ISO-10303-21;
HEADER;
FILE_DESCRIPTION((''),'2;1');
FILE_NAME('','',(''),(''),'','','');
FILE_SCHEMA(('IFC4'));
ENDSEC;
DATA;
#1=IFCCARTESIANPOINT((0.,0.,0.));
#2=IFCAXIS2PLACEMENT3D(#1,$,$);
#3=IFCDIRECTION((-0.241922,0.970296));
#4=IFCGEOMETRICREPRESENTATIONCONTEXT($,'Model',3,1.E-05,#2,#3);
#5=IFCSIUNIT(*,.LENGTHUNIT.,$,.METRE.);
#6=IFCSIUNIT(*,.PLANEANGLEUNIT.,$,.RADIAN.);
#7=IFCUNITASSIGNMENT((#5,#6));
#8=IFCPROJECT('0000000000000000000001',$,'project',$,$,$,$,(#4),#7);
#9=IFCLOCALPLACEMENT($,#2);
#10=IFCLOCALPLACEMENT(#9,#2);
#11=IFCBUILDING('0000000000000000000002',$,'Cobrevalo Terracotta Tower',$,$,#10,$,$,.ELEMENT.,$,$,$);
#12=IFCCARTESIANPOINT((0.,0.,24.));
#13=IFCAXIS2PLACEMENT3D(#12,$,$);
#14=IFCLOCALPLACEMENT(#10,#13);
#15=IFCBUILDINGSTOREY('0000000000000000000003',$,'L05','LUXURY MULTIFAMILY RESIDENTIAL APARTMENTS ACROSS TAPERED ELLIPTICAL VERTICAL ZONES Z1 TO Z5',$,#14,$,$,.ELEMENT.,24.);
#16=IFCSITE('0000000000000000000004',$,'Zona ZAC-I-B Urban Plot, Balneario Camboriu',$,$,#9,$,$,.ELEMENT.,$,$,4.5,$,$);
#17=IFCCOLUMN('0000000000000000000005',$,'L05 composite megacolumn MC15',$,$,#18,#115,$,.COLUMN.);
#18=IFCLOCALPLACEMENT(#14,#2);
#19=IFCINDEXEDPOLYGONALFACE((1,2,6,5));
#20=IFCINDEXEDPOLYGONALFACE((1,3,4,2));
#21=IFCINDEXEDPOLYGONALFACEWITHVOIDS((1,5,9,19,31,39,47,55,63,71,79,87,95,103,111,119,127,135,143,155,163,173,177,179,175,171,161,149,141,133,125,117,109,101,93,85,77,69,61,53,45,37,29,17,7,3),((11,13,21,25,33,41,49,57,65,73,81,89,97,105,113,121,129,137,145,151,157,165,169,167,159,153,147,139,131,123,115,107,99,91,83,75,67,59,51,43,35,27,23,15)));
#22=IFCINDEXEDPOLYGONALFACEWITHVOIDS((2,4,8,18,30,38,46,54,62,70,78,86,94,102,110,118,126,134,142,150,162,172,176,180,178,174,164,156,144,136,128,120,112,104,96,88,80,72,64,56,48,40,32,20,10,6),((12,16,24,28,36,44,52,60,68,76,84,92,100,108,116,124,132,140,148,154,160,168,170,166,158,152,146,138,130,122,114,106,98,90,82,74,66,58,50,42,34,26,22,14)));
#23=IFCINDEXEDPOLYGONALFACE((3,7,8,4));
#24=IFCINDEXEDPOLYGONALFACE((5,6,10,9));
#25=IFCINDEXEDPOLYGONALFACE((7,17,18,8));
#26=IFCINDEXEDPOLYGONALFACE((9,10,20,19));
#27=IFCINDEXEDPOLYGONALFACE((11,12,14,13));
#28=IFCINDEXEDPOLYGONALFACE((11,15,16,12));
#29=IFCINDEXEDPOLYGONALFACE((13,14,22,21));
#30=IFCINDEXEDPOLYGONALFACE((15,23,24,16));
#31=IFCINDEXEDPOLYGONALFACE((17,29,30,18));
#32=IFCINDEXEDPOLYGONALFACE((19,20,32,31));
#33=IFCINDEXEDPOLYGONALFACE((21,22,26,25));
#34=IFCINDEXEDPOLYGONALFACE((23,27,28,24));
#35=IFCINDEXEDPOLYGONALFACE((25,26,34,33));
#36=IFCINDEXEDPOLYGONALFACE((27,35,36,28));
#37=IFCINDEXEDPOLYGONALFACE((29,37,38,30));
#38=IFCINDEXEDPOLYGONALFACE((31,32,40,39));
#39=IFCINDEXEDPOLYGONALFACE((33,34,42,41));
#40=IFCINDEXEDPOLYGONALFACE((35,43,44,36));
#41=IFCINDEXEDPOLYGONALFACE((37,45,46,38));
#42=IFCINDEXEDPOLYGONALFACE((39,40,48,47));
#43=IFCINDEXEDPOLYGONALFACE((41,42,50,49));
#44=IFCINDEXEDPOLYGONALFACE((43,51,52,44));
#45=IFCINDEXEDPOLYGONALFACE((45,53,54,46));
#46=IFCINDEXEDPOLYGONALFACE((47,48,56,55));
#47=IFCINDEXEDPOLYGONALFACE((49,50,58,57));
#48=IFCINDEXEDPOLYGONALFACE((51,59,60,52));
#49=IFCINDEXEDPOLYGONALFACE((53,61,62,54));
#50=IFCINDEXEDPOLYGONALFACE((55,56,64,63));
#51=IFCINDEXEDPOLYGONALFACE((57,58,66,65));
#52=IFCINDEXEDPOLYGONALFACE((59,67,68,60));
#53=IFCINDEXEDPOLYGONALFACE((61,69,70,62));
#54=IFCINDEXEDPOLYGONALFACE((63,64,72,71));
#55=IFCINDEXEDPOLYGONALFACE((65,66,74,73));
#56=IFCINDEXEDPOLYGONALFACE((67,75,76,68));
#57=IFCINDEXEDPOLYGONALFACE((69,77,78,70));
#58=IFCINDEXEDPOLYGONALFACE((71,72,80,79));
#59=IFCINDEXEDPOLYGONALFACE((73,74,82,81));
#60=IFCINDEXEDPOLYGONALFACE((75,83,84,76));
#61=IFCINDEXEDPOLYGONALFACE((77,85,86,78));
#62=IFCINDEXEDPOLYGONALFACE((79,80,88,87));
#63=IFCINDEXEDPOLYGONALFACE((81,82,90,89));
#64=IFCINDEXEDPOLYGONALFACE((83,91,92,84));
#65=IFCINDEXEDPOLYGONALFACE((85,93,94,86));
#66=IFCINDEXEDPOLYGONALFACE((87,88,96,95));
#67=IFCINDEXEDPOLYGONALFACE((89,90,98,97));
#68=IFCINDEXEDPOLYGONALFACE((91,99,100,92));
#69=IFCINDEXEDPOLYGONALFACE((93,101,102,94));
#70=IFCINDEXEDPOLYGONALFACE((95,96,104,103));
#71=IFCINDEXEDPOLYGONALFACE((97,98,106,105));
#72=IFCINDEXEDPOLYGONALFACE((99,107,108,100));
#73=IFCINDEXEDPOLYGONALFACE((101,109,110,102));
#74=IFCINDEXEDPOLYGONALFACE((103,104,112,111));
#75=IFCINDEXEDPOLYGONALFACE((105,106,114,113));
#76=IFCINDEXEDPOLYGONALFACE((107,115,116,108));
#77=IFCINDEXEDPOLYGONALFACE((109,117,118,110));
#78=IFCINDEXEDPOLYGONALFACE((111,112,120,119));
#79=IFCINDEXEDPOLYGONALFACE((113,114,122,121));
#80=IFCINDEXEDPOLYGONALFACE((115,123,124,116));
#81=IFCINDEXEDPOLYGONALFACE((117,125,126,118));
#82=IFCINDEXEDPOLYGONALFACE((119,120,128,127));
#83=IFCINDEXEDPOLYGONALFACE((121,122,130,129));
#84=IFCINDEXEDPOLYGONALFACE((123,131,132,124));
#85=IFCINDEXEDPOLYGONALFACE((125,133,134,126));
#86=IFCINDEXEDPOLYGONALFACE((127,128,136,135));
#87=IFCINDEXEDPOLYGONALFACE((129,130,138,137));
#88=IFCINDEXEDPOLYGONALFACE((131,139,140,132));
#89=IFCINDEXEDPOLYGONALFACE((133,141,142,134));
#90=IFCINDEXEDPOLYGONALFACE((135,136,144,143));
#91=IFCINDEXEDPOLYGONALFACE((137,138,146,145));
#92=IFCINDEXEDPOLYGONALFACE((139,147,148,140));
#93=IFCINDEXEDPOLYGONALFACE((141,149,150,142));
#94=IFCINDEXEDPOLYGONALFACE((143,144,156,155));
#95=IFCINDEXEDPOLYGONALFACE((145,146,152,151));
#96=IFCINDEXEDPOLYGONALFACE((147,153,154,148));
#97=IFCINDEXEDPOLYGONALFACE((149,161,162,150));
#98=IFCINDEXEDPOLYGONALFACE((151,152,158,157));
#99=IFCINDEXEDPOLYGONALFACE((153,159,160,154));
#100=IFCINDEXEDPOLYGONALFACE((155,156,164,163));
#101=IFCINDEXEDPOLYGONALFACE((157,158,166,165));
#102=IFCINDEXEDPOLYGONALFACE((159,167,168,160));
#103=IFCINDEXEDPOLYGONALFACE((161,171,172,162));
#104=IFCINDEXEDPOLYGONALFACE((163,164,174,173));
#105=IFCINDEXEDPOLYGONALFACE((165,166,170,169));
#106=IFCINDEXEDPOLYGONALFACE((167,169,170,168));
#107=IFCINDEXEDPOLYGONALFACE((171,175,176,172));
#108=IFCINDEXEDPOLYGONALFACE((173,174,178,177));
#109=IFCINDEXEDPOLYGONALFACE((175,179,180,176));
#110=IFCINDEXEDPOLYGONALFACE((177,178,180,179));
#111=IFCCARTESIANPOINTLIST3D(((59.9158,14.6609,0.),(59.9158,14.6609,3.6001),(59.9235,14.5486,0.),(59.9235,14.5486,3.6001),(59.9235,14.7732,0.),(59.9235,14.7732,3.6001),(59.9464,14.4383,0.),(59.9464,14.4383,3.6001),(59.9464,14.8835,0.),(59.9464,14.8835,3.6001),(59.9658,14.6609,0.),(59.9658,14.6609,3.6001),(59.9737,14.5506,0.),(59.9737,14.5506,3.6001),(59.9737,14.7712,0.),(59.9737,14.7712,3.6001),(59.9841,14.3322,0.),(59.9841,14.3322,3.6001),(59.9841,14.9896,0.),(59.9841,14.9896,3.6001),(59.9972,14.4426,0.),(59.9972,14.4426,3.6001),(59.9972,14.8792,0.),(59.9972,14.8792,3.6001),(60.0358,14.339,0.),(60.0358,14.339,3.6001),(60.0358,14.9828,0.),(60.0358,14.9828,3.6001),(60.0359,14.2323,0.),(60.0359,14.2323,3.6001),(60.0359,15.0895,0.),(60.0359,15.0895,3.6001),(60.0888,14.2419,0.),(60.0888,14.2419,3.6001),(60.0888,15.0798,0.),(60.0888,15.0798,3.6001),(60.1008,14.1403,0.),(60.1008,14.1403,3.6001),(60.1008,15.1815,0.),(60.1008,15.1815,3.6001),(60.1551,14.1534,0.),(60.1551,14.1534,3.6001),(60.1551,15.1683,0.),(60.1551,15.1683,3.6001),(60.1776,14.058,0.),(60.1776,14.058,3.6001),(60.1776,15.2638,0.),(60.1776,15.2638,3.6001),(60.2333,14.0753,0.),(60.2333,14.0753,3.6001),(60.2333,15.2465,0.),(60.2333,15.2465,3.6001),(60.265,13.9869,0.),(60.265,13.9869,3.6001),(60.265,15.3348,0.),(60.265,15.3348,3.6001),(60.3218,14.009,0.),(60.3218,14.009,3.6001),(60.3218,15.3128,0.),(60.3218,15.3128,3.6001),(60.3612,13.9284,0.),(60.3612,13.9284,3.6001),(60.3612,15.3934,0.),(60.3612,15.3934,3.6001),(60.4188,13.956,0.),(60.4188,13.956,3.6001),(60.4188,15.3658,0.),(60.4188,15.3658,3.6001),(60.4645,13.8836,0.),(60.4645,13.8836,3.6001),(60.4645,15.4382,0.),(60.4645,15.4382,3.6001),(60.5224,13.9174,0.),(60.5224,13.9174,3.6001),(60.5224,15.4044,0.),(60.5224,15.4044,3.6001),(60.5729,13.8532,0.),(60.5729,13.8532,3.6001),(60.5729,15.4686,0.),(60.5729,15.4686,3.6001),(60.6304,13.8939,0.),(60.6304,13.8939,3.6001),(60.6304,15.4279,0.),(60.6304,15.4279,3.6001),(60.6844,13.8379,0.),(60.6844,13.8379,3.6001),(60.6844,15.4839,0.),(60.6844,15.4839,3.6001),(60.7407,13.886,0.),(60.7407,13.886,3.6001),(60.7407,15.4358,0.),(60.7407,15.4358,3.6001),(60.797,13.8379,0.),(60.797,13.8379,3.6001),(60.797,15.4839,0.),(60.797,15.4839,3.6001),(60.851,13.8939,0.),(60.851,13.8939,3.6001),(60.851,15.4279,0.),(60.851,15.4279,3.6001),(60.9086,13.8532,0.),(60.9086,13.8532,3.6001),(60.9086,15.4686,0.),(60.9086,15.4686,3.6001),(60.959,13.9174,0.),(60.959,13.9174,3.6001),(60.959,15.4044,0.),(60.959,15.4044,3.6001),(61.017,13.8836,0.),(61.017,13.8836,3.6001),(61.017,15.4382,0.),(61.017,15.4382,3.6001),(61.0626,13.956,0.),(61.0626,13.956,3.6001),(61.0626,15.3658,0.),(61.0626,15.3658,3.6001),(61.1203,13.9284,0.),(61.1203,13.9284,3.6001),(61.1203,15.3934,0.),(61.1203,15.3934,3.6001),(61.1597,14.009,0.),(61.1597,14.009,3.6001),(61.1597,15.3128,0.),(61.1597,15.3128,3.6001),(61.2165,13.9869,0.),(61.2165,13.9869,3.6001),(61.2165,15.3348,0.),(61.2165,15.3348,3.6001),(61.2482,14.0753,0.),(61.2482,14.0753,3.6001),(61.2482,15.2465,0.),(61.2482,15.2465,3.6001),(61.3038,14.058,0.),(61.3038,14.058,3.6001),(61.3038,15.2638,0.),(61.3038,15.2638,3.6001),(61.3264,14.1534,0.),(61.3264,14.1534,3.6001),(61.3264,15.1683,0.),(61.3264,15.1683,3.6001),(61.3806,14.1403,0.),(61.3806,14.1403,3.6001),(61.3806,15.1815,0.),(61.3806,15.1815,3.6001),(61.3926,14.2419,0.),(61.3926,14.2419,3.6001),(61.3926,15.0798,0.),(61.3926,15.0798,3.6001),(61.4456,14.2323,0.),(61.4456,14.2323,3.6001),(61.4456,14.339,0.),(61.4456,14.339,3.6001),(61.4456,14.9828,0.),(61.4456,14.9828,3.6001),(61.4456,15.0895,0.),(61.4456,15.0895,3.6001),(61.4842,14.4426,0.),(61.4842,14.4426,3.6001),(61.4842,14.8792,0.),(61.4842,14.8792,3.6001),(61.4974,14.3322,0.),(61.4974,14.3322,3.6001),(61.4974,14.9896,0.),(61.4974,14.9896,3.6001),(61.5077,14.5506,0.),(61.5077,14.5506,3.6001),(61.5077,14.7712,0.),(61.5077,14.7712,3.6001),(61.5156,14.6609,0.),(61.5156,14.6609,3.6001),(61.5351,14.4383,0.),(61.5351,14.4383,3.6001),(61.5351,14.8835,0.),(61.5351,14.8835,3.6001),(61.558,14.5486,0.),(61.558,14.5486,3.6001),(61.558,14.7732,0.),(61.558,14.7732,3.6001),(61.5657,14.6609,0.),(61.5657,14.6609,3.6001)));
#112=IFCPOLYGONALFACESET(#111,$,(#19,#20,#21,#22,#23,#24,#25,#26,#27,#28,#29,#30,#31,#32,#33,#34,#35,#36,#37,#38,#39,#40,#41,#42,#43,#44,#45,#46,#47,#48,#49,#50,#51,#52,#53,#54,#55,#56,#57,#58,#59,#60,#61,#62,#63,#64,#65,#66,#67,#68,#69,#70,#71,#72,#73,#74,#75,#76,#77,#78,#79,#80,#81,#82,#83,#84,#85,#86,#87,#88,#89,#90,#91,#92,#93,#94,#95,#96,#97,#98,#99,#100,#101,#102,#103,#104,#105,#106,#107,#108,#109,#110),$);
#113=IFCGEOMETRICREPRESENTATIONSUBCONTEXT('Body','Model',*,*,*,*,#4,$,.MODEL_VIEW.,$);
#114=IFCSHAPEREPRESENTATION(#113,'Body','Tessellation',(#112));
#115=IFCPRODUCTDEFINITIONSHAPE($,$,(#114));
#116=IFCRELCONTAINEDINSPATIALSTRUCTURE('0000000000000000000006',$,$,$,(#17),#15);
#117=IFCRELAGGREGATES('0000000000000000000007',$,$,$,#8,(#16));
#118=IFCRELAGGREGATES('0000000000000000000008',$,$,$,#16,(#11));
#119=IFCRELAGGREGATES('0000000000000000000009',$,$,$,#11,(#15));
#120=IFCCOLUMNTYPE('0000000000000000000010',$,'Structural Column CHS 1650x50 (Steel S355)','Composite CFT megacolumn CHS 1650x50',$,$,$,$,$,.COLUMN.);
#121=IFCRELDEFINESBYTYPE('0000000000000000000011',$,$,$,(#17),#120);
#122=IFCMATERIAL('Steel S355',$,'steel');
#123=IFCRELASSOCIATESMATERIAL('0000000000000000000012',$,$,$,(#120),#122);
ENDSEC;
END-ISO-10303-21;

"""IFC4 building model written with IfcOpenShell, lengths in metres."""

from ifc_helpers import new_model, si_unit, direction, frame, origin, origin_2d, place, context, subcontext, project, spatial, hollow_circle, extrude, material, material_profile, profile_set, type_object, element, save


model = new_model("IFC4")

# Units and contexts
model_context = context("Model", 3, precision=1e-05, world=origin(), true_north=direction((-0.241922, 0.970296)))
body_context = subcontext(model_context, "Body", "Model", "MODEL_VIEW")
ifc_project = project(units=[si_unit("LENGTHUNIT", "METRE"), si_unit("PLANEANGLEUNIT", "RADIAN")], contexts=[model_context])

# Site, building, storey
site_placement = place(None, origin())
site = spatial("IfcSite", under=ifc_project, at=site_placement, Name="Zona ZAC-I-B Urban Plot, Balneario Camboriu", CompositionType="ELEMENT", RefElevation=4.5)
building_placement = place(site_placement, origin())
building = spatial("IfcBuilding", under=site, at=building_placement, Name="Cobrevalo Terracotta Tower", CompositionType="ELEMENT")
storey_placement = place(building_placement, frame((0.0, 0.0, 24.0)))
storey = spatial("IfcBuildingStorey", under=building, at=storey_placement, Name="L05", Description="LUXURY MULTIFAMILY RESIDENTIAL APARTMENTS ACROSS TAPERED ELLIPTICAL VERTICAL ZONES Z1 TO Z5", CompositionType="ELEMENT", Elevation=24.0)

# Column
ifc_material_1 = material(Name="Steel S355", Category="steel")
ifc_material_profile_1 = material_profile(ifc_material_1, hollow_circle(Radius=0.825, WallThickness=0.05, at=origin_2d()), Name="CHS 1650x50")
ifc_profile_set_1 = profile_set([ifc_material_profile_1], Name="Steel S355")
column_type = type_object("IfcColumnType", Name="Structural Column CHS 1650x50 (Steel S355)", Description="Composite CFT megacolumn CHS 1650x50", PredefinedType="COLUMN", material=ifc_profile_set_1)
for number, where, z_axis, x_axis, name in (
    (1, (60.7407, 14.6609, 0.0), (0.0, 0.0, 1.0), (1.0, 0.0, 0.0), "L05 composite megacolumn MC15"),
):
    element("IfcColumn", number, at=place(storey_placement, frame(where, z_axis=z_axis, x_axis=x_axis)), inside=storey, type_object=column_type, Name=name, PredefinedType="COLUMN", context=body_context, shape_type="SweptSolid", body=[
        extrude(hollow_circle(Radius=0.825, WallThickness=0.05, at=origin_2d()), origin(), (0.0, 0.0, 1.0), 3.6001),
    ])

save(model, "model.ifc")
